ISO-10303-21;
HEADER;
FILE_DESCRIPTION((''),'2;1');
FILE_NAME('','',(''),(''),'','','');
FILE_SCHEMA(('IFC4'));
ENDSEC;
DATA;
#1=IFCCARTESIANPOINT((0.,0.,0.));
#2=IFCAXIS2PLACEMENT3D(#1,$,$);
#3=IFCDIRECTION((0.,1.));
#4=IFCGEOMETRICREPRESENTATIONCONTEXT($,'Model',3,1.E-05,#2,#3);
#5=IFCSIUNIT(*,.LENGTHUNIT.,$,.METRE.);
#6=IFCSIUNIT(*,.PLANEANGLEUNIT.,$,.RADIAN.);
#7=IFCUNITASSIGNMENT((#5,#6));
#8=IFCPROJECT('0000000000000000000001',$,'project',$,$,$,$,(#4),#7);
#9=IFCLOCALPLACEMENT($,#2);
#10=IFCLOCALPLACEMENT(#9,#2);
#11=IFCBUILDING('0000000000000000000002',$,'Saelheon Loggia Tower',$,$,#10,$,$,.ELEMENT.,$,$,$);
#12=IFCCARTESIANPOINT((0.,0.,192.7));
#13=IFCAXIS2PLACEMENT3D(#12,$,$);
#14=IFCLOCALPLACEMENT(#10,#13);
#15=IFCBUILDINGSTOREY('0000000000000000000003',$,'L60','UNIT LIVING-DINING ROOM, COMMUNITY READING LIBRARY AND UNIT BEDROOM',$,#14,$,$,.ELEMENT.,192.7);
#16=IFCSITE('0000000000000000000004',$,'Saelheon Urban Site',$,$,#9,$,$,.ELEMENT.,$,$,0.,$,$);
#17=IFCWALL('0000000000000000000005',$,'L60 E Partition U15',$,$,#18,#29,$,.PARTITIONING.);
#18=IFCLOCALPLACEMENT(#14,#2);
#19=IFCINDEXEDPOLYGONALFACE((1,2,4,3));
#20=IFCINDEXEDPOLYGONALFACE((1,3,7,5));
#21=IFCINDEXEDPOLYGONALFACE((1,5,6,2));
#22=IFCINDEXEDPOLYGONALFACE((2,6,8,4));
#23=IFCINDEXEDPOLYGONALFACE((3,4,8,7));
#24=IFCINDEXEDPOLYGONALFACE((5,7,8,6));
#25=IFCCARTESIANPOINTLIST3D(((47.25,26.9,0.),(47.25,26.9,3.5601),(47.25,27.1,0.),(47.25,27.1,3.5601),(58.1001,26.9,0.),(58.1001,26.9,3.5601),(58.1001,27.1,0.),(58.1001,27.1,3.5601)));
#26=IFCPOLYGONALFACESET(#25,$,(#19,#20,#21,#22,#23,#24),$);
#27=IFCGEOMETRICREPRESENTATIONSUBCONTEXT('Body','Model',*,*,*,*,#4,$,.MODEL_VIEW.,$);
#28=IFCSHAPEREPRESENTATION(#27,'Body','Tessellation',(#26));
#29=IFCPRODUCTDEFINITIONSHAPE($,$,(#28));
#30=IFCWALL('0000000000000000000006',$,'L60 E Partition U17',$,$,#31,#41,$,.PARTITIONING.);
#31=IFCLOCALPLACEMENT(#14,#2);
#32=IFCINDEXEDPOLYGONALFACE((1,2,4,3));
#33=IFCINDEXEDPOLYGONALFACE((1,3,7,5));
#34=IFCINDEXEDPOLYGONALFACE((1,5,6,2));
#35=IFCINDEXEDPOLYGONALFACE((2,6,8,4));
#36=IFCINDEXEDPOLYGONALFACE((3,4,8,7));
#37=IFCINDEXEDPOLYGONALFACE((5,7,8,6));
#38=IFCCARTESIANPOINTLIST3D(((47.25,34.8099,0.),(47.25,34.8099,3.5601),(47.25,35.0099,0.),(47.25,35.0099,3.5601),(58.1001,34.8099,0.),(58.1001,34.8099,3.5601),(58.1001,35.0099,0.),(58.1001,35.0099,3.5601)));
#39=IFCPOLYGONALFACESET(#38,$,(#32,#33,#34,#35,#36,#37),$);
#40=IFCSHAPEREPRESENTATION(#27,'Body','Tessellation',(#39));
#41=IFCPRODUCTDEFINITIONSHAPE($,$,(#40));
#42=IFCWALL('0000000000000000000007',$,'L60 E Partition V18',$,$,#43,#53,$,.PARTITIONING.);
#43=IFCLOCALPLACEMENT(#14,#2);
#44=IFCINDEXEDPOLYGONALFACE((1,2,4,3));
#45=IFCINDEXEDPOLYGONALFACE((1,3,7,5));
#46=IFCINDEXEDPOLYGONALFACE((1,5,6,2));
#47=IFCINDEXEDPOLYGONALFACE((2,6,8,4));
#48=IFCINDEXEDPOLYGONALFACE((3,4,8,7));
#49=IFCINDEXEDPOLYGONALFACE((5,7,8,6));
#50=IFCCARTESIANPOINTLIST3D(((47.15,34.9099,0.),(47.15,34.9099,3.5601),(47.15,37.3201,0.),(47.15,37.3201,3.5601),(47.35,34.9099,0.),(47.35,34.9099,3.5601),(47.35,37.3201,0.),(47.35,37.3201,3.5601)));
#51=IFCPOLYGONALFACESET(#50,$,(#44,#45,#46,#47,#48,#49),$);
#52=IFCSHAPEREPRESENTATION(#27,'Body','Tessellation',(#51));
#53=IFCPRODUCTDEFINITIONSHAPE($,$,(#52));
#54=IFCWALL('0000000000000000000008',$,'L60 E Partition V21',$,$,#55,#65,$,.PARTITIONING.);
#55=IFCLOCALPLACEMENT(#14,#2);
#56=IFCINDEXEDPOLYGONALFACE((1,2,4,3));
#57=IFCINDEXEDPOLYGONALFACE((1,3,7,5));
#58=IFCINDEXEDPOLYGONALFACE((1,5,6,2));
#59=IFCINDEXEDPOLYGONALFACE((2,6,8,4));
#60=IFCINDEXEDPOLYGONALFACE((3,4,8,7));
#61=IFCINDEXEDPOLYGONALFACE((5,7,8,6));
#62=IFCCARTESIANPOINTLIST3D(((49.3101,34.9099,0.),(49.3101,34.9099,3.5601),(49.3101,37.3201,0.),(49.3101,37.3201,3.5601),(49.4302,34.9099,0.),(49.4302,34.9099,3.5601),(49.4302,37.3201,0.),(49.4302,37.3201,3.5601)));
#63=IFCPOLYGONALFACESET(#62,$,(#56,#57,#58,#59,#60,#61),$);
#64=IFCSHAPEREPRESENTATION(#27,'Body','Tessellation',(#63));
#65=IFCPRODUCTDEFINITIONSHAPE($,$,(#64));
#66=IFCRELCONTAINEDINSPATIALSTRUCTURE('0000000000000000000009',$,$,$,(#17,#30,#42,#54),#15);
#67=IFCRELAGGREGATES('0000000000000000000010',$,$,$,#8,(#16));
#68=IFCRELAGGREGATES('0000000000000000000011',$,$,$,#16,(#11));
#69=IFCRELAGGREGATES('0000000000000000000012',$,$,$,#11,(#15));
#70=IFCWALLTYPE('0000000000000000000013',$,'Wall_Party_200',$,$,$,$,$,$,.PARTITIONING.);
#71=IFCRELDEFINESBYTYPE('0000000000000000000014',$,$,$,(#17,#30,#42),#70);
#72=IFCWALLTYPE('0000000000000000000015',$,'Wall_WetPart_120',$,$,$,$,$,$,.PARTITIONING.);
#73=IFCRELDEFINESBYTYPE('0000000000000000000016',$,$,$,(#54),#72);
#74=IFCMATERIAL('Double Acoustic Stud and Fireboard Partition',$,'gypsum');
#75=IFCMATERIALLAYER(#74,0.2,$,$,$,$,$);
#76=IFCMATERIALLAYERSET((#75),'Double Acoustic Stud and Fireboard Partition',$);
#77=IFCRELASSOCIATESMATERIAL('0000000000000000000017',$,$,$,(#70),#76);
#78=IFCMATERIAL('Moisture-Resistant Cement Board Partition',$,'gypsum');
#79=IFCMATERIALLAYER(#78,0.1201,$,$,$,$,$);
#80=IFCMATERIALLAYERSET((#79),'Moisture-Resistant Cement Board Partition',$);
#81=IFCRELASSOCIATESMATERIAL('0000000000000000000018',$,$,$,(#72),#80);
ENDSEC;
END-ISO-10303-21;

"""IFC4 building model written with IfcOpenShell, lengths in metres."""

from ifc_helpers import new_model, si_unit, direction, frame, frame_2d, origin, place, context, subcontext, project, spatial, rectangle, extrude, material, layer, layer_set, type_object, element, save


model = new_model("IFC4")

# Units and contexts
model_context = context("Model", 3, precision=1e-05, world=origin(), true_north=direction((0.0, 1.0)))
body_context = subcontext(model_context, "Body", "Model", "MODEL_VIEW")
ifc_project = project(units=[si_unit("LENGTHUNIT", "METRE"), si_unit("PLANEANGLEUNIT", "RADIAN")], contexts=[model_context])

# Site, building, storey
site_placement = place(None, origin())
site = spatial("IfcSite", under=ifc_project, at=site_placement, Name="Saelheon Urban Site", CompositionType="ELEMENT", RefElevation=0.0)
building_placement = place(site_placement, origin())
building = spatial("IfcBuilding", under=site, at=building_placement, Name="Saelheon Loggia Tower", CompositionType="ELEMENT")
storey_placement = place(building_placement, frame((0.0, 0.0, 192.7)))
storey = spatial("IfcBuildingStorey", under=building, at=storey_placement, Name="L60", Description="UNIT LIVING-DINING ROOM, COMMUNITY READING LIBRARY AND UNIT BEDROOM", CompositionType="ELEMENT", Elevation=192.7)

# Walls
ifc_material_1 = material(Name="Double Acoustic Stud and Fireboard Partition", Category="gypsum")
ifc_layer_1 = layer(ifc_material_1, 0.2)
ifc_layer_set_1 = layer_set([ifc_layer_1], Name="Double Acoustic Stud and Fireboard Partition")
wall_type_1 = type_object("IfcWallType", Name="Wall_Party_200", PredefinedType="PARTITIONING", material=ifc_layer_set_1)
for number, where, z_axis, x_axis, name in (
    (1, (47.25, 27.0, 0.0), (0.0, 0.0, 1.0), (1.0, 0.0, 0.0), "L60 E Partition U15"),
    (2, (47.25, 34.9099, 0.0), (0.0, 0.0, 1.0), (1.0, 0.0, 0.0), "L60 E Partition U17"),
):
    element("IfcWall", number, at=place(storey_placement, frame(where, z_axis=z_axis, x_axis=x_axis)), inside=storey, type_object=wall_type_1, Name=name, PredefinedType="PARTITIONING", context=body_context, shape_type="SweptSolid", body=[
        extrude(rectangle(XDim=10.8501, YDim=0.2, at=frame_2d((5.425, 0.0))), origin(), (0.0, 0.0, 1.0), 3.5601),
    ])
wall_1_placement = place(storey_placement, frame((47.25, 34.9099, 0.0), z_axis=(0.0, 0.0, 1.0), x_axis=(0.0, 1.0, 0.0)))
element("IfcWall", 3, at=wall_1_placement, inside=storey, type_object=wall_type_1, Name="L60 E Partition V18", PredefinedType="PARTITIONING", context=body_context, shape_type="SweptSolid", body=[
    extrude(rectangle(XDim=2.4102, YDim=0.2, at=frame_2d((1.2051, 0.0))), origin(), (0.0, 0.0, 1.0), 3.5601),
])

# Wall
ifc_material_2 = material(Name="Moisture-Resistant Cement Board Partition", Category="gypsum")
ifc_layer_2 = layer(ifc_material_2, 0.1201)
ifc_layer_set_2 = layer_set([ifc_layer_2], Name="Moisture-Resistant Cement Board Partition")
wall_type_2 = type_object("IfcWallType", Name="Wall_WetPart_120", PredefinedType="PARTITIONING", material=ifc_layer_set_2)
wall_2_placement = place(storey_placement, frame((49.3701, 34.9099, 0.0), z_axis=(0.0, 0.0, 1.0), x_axis=(0.0, 1.0, 0.0)))
element("IfcWall", 4, at=wall_2_placement, inside=storey, type_object=wall_type_2, Name="L60 E Partition V21", PredefinedType="PARTITIONING", context=body_context, shape_type="SweptSolid", body=[
    extrude(rectangle(XDim=2.4102, YDim=0.1201, at=frame_2d((1.2051, 0.0))), origin(), (0.0, 0.0, 1.0), 3.5601),
])

save(model, "model.ifc")
